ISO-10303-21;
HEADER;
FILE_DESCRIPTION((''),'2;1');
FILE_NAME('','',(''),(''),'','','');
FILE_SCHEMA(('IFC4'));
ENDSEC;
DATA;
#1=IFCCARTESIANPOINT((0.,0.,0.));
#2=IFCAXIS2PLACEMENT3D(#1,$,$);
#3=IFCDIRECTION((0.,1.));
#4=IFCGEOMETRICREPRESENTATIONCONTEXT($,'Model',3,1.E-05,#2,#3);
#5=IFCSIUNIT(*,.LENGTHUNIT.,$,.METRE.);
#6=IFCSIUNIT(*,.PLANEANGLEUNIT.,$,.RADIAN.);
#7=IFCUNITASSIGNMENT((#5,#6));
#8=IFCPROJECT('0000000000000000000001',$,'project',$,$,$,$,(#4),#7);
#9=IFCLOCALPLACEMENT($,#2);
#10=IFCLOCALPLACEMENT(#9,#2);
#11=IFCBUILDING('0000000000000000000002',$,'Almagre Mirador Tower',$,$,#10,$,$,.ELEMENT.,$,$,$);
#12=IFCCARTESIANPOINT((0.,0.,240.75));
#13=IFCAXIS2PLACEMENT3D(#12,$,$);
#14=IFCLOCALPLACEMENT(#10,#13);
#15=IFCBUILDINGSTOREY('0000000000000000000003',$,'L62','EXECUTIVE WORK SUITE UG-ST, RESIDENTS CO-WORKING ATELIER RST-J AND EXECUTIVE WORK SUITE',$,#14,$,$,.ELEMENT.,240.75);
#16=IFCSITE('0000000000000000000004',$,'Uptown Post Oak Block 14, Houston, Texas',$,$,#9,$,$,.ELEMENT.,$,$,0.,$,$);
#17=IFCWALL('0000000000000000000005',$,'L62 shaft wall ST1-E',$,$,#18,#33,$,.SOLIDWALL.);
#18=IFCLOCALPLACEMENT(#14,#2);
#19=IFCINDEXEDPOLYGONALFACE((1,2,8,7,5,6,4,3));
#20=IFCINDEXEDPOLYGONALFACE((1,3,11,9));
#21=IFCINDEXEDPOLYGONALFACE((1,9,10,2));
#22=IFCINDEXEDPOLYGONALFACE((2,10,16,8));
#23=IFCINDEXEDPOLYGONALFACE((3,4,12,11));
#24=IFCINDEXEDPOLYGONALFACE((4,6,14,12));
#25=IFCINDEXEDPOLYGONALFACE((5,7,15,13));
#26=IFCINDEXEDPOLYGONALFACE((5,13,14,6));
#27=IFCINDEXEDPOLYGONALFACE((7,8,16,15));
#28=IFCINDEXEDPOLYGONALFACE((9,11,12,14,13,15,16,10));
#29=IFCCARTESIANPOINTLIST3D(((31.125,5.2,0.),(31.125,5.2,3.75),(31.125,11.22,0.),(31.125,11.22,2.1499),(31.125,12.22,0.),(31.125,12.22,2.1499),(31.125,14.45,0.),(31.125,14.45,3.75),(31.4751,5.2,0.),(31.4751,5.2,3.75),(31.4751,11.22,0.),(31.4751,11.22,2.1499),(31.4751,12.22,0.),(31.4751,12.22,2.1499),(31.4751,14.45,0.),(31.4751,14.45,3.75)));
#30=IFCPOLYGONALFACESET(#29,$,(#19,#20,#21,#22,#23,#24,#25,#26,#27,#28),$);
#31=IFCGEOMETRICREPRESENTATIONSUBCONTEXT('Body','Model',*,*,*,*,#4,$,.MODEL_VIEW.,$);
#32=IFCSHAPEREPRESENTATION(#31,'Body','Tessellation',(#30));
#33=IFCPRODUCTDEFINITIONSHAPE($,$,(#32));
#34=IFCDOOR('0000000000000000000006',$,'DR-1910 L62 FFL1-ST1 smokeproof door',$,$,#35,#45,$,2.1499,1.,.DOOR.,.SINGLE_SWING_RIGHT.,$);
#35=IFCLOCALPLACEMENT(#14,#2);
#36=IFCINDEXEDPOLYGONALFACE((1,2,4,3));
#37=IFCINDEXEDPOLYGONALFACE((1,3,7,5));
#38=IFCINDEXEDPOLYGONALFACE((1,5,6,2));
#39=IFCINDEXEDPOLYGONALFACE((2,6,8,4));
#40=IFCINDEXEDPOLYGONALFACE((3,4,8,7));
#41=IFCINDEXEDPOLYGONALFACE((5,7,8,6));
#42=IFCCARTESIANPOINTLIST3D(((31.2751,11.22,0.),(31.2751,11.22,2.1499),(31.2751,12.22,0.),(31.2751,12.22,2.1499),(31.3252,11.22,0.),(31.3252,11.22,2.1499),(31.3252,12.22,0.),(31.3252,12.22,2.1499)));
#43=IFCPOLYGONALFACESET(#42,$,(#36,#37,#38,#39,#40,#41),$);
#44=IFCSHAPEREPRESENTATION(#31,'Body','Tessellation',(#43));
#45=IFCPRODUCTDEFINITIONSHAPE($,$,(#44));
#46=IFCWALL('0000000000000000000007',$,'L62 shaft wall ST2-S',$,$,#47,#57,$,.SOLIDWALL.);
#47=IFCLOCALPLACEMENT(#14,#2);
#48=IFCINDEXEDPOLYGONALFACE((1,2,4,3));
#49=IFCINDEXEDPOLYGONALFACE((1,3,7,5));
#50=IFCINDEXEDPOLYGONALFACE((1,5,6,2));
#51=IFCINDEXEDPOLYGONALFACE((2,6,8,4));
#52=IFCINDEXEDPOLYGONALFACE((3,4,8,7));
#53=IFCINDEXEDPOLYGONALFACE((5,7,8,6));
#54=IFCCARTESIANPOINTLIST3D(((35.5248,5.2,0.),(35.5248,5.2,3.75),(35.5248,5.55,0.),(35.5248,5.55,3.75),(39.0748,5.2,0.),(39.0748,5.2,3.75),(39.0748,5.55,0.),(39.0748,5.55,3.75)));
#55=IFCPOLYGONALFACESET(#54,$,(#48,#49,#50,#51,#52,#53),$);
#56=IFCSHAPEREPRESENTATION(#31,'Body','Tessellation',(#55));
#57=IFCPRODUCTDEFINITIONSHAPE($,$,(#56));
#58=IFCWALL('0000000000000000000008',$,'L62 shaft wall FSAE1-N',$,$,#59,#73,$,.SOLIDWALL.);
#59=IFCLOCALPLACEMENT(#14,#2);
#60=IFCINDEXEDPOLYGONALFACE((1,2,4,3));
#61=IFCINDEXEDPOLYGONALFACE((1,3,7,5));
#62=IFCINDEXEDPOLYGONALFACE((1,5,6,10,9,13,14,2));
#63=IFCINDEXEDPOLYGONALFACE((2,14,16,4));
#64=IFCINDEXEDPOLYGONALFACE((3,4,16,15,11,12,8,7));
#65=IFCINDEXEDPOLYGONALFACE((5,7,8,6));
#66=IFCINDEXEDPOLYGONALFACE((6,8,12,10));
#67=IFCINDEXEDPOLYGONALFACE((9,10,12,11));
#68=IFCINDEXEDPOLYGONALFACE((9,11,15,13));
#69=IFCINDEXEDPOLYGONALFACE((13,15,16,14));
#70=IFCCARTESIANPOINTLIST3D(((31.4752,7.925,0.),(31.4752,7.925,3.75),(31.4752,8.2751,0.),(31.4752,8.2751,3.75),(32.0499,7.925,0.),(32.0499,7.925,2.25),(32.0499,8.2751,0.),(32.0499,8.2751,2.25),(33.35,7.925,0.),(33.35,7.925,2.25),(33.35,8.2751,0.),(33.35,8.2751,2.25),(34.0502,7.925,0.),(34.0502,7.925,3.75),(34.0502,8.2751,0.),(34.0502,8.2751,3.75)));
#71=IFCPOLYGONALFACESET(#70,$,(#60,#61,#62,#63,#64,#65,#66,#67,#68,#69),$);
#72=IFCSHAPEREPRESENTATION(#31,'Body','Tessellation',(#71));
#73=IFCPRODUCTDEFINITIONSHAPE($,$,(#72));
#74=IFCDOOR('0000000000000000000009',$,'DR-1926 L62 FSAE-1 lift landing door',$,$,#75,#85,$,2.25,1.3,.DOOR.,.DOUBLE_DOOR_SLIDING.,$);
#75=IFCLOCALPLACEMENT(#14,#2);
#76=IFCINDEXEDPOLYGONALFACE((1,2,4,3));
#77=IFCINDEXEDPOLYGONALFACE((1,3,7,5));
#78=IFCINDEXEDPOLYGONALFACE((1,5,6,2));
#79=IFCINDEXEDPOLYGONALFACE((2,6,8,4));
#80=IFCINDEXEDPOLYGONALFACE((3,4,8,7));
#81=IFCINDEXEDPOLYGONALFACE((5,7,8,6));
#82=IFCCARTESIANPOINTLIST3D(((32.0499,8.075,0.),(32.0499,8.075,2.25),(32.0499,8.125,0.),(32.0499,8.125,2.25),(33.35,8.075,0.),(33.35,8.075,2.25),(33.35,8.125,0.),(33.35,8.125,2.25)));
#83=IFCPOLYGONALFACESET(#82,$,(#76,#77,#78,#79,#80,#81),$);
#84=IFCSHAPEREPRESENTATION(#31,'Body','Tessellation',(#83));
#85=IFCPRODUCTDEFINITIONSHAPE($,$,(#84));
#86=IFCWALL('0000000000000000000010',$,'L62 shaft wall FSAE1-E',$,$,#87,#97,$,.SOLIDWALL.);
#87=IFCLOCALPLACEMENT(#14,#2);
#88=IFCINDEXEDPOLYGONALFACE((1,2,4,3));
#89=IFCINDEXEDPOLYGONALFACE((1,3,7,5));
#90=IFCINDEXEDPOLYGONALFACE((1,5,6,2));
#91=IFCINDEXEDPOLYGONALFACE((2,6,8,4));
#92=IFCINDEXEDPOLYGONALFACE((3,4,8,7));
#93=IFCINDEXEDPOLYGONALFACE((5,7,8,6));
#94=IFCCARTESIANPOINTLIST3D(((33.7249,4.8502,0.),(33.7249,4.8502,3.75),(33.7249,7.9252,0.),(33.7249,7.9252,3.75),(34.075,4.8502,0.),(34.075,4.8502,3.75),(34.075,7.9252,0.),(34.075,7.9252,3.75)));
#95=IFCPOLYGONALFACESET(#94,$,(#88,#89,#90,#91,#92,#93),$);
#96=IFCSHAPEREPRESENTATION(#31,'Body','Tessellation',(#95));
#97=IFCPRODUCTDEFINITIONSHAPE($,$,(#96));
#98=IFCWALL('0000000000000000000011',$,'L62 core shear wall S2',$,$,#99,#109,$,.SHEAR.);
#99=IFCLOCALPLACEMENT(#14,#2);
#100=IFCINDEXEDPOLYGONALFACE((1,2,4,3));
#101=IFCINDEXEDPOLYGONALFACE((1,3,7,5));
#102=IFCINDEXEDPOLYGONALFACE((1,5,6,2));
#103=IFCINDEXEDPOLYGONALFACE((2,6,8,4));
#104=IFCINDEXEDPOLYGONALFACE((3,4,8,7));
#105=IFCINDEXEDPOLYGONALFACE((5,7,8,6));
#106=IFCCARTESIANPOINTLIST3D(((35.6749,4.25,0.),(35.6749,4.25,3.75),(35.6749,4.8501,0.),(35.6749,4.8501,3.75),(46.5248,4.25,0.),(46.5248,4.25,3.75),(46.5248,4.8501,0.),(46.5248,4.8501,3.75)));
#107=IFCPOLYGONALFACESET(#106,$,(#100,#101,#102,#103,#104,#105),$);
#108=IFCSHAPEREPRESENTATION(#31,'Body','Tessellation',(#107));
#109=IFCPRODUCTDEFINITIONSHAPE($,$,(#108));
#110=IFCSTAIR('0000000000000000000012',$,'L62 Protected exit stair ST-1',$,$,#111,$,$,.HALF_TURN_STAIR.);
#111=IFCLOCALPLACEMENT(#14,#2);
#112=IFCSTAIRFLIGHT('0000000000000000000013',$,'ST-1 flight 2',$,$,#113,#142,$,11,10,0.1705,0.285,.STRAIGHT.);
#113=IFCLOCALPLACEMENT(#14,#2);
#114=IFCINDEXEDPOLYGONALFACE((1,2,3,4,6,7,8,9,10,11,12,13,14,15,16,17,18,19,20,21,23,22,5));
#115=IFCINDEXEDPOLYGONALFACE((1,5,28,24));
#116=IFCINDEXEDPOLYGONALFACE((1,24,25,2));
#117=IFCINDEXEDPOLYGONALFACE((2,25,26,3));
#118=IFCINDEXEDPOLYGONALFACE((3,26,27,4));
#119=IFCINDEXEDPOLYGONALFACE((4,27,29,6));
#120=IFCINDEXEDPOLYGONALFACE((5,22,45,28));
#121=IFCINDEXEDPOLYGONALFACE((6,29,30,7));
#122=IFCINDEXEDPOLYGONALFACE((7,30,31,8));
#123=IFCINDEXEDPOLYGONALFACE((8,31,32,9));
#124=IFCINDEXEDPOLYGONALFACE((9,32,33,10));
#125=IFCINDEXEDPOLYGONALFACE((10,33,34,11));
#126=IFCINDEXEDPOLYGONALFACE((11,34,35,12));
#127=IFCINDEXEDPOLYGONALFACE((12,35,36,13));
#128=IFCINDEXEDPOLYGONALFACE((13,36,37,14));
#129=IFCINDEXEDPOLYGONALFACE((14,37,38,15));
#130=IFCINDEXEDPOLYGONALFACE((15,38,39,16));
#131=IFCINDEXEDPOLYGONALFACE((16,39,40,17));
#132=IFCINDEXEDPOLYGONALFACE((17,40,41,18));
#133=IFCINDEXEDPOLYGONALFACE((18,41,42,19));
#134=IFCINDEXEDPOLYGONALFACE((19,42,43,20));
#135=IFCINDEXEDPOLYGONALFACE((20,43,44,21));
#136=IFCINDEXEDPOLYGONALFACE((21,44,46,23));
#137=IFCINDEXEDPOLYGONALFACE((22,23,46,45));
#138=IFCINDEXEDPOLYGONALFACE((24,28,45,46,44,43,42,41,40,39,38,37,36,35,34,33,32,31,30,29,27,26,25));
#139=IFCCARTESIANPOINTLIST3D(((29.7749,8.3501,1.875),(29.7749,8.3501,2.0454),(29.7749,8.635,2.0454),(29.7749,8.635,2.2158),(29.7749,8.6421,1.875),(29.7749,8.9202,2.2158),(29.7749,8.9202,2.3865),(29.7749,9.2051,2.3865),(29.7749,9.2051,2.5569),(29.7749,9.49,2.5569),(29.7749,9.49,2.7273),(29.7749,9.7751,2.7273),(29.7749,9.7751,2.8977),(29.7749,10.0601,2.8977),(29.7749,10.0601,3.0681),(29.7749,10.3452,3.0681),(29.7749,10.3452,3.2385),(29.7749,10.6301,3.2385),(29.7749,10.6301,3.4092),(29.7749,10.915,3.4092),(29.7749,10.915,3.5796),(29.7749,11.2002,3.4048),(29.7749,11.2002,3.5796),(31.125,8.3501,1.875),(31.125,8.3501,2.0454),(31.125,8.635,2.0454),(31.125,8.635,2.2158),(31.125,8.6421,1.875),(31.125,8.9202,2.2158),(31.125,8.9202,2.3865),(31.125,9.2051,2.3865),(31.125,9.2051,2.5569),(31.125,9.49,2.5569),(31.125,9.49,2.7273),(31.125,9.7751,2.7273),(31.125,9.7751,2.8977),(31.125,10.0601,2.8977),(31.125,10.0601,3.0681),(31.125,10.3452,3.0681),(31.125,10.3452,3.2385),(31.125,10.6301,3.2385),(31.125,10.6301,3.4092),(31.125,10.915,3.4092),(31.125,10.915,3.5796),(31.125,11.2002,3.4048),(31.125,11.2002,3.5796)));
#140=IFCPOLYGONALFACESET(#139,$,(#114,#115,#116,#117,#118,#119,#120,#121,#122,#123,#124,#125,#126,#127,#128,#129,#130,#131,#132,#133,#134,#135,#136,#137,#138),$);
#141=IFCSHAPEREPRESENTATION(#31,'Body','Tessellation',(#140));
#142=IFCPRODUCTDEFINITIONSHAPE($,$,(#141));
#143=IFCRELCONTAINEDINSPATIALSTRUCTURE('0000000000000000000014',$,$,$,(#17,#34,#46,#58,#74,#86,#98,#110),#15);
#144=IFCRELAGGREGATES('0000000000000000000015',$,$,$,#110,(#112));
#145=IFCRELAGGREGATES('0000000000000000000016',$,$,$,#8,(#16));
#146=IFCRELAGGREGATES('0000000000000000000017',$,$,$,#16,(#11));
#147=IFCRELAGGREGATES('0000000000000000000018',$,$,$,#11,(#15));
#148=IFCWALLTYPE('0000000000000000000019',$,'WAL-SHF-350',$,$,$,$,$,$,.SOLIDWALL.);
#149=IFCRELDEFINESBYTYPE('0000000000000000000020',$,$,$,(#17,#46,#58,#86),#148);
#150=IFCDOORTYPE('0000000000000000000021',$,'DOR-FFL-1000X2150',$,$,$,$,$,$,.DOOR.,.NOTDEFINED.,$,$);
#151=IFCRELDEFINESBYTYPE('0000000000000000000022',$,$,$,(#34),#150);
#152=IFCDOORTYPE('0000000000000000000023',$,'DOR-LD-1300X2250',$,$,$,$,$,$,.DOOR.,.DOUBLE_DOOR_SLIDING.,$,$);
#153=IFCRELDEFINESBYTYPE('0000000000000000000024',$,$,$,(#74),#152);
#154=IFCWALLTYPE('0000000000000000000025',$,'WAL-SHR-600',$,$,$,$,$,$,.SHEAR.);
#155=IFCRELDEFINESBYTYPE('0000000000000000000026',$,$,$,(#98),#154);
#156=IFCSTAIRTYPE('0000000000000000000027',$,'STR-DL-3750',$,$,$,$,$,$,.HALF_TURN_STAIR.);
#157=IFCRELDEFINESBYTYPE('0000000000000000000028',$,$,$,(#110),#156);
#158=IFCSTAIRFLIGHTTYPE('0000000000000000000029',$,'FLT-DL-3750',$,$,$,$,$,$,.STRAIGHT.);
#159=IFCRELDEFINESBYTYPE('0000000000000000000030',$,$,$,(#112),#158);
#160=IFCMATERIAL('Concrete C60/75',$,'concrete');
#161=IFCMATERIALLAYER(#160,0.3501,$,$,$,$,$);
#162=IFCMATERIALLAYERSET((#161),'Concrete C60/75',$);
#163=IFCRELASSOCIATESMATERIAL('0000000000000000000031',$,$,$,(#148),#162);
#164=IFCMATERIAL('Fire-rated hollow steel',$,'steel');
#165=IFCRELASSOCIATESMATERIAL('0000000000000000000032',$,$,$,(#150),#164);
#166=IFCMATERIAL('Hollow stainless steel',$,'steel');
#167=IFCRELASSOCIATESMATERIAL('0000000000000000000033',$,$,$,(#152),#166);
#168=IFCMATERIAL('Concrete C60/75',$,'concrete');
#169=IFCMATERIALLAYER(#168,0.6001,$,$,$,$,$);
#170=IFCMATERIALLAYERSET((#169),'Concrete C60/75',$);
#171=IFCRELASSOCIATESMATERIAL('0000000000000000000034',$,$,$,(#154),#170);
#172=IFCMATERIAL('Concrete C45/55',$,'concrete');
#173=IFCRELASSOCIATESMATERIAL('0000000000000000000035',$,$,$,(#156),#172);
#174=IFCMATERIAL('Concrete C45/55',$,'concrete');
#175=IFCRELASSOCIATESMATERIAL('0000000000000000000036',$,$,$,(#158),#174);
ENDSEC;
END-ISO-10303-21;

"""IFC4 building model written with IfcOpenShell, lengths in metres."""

from ifc_helpers import new_model, si_unit, direction, frame, frame_2d, origin, place, context, subcontext, project, spatial, polyline, rectangle, outline, extrude, material, layer, layer_set, type_object, element, fill, aggregate, save


model = new_model("IFC4")

# Units and contexts
model_context = context("Model", 3, precision=1e-05, world=origin(), true_north=direction((0.0, 1.0)))
body_context = subcontext(model_context, "Body", "Model", "MODEL_VIEW")
ifc_project = project(units=[si_unit("LENGTHUNIT", "METRE"), si_unit("PLANEANGLEUNIT", "RADIAN")], contexts=[model_context])

# Site, building, storey
site_placement = place(None, origin())
site = spatial("IfcSite", under=ifc_project, at=site_placement, Name="Uptown Post Oak Block 14, Houston, Texas", CompositionType="ELEMENT", RefElevation=0.0)
building_placement = place(site_placement, origin())
building = spatial("IfcBuilding", under=site, at=building_placement, Name="Almagre Mirador Tower", CompositionType="ELEMENT")
storey_placement = place(building_placement, frame((0.0, 0.0, 240.75)))
storey = spatial("IfcBuildingStorey", under=building, at=storey_placement, Name="L62", Description="EXECUTIVE WORK SUITE UG-ST, RESIDENTS CO-WORKING ATELIER RST-J AND EXECUTIVE WORK SUITE", CompositionType="ELEMENT", Elevation=240.75)

# Wall, opening, door
ifc_material_1 = material(Name="Concrete C60/75", Category="concrete")
ifc_layer_1 = layer(ifc_material_1, 0.3501)
ifc_layer_set_1 = layer_set([ifc_layer_1], Name="Concrete C60/75")
wall_type_1 = type_object("IfcWallType", Name="WAL-SHF-350", PredefinedType="SOLIDWALL", material=ifc_layer_set_1)
wall_1_placement = place(storey_placement, frame((31.3, 5.2, 0.0), z_axis=(0.0, 0.0, 1.0), x_axis=(0.0, 1.0, 0.0)))
wall_1 = element("IfcWall", 1, at=wall_1_placement, inside=storey, type_object=wall_type_1, Name="L62 shaft wall ST1-E", PredefinedType="SOLIDWALL", context=body_context, shape_type="SweptSolid", body=[
    extrude(rectangle(XDim=9.25, YDim=0.3501, at=frame_2d((4.625, 0.0))), origin(), (0.0, 0.0, 1.0), 3.75),
])
opening_1_placement = place(wall_1_placement, frame((6.02, 0.0, 0.0)))
opening_1 = element("IfcOpeningElement", 2, at=opening_1_placement, cuts=wall_1, PredefinedType="OPENING", context=body_context, shape_type="SweptSolid", body=[
    extrude(rectangle(XDim=1.0, YDim=2.1499, at=frame_2d((0.5, 1.075))), frame((0.0, 0.185, 0.0), z_axis=(0.0, -1.0, 0.0), x_axis=(1.0, 0.0, 0.0)), (0.0, 0.0, 1.0), 0.3701),
])
ifc_material_2 = material(Name="Fire-rated hollow steel", Category="steel")
door_type_1 = type_object("IfcDoorType", Name="DOR-FFL-1000X2150", OperationType="NOTDEFINED", PredefinedType="DOOR", material=ifc_material_2)
door_1_placement = place(opening_1_placement, origin())
door_1 = element("IfcDoor", 3, at=door_1_placement, inside=storey, type_object=door_type_1, Name="DR-1910 L62 FFL1-ST1 smokeproof door", OperationType="SINGLE_SWING_RIGHT", OverallHeight=2.1499, OverallWidth=1.0, PredefinedType="DOOR", context=body_context, shape_type="SweptSolid", body=[
    extrude(rectangle(XDim=1.0, YDim=2.1499, at=frame_2d((0.5, 1.075))), frame((0.0, 0.0249, 0.0), z_axis=(0.0, -1.0, 0.0), x_axis=(1.0, 0.0, 0.0)), (0.0, 0.0, 1.0), 0.05),
])
fill(opening_1, door_1)

# Wall
wall_2_placement = place(storey_placement, frame((35.5249, 5.375, 0.0), z_axis=(0.0, 0.0, 1.0), x_axis=(1.0, 0.0, 0.0)))
element("IfcWall", 4, at=wall_2_placement, inside=storey, type_object=wall_type_1, Name="L62 shaft wall ST2-S", PredefinedType="SOLIDWALL", context=body_context, shape_type="SweptSolid", body=[
    extrude(rectangle(XDim=3.55, YDim=0.3501, at=frame_2d((1.7749, 0.0))), origin(), (0.0, 0.0, 1.0), 3.75),
])

# Wall, opening, door
wall_3_placement = place(storey_placement, frame((31.4751, 8.1001, 0.0), z_axis=(0.0, 0.0, 1.0), x_axis=(1.0, 0.0, 0.0)))
wall_3 = element("IfcWall", 5, at=wall_3_placement, inside=storey, type_object=wall_type_1, Name="L62 shaft wall FSAE1-N", PredefinedType="SOLIDWALL", context=body_context, shape_type="SweptSolid", body=[
    extrude(rectangle(XDim=2.575, YDim=0.3501, at=frame_2d((1.2876, 0.0))), origin(), (0.0, 0.0, 1.0), 3.75),
])
opening_2_placement = place(wall_3_placement, frame((0.575, 0.0, 0.0)))
opening_2 = element("IfcOpeningElement", 6, at=opening_2_placement, cuts=wall_3, PredefinedType="OPENING", context=body_context, shape_type="SweptSolid", body=[
    extrude(rectangle(XDim=1.3, YDim=2.25, at=frame_2d((0.6499, 1.125))), frame((0.0, 0.185, 0.0), z_axis=(0.0, -1.0, 0.0), x_axis=(1.0, 0.0, 0.0)), (0.0, 0.0, 1.0), 0.3701),
])
ifc_material_3 = material(Name="Hollow stainless steel", Category="steel")
door_type_2 = type_object("IfcDoorType", Name="DOR-LD-1300X2250", OperationType="DOUBLE_DOOR_SLIDING", PredefinedType="DOOR", material=ifc_material_3)
door_2_placement = place(opening_2_placement, origin())
door_2 = element("IfcDoor", 7, at=door_2_placement, inside=storey, type_object=door_type_2, Name="DR-1926 L62 FSAE-1 lift landing door", OperationType="DOUBLE_DOOR_SLIDING", OverallHeight=2.25, OverallWidth=1.3, PredefinedType="DOOR", context=body_context, shape_type="SweptSolid", body=[
    extrude(rectangle(XDim=1.3, YDim=2.25, at=frame_2d((0.6499, 1.125))), frame((0.0, 0.0249, 0.0), z_axis=(0.0, -1.0, 0.0), x_axis=(1.0, 0.0, 0.0)), (0.0, 0.0, 1.0), 0.05),
])
fill(opening_2, door_2)

# Walls
wall_4_placement = place(storey_placement, frame((33.8999, 4.8501, 0.0), z_axis=(0.0, 0.0, 1.0), x_axis=(0.0, 1.0, 0.0)))
element("IfcWall", 8, at=wall_4_placement, inside=storey, type_object=wall_type_1, Name="L62 shaft wall FSAE1-E", PredefinedType="SOLIDWALL", context=body_context, shape_type="SweptSolid", body=[
    extrude(rectangle(XDim=3.075, YDim=0.3501, at=frame_2d((1.5376, 0.0))), origin(), (0.0, 0.0, 1.0), 3.75),
])
ifc_material_4 = material(Name="Concrete C60/75", Category="concrete")
ifc_layer_2 = layer(ifc_material_4, 0.6001)
ifc_layer_set_2 = layer_set([ifc_layer_2], Name="Concrete C60/75")
wall_type_2 = type_object("IfcWallType", Name="WAL-SHR-600", PredefinedType="SHEAR", material=ifc_layer_set_2)
wall_5_placement = place(storey_placement, frame((35.675, 4.55, 0.0), z_axis=(0.0, 0.0, 1.0), x_axis=(1.0, 0.0, 0.0)))
element("IfcWall", 9, at=wall_5_placement, inside=storey, type_object=wall_type_2, Name="L62 core shear wall S2", PredefinedType="SHEAR", context=body_context, shape_type="SweptSolid", body=[
    extrude(rectangle(XDim=10.8499, YDim=0.6001, at=frame_2d((5.4248, 0.0))), origin(), (0.0, 0.0, 1.0), 3.75),
])

# Stair, stair flight
ifc_material_5 = material(Name="Concrete C45/55", Category="concrete")
stair_type = type_object("IfcStairType", Name="STR-DL-3750", PredefinedType="HALF_TURN_STAIR", material=ifc_material_5)
stair_placement = place(storey_placement, origin())
stair = element("IfcStair", 10, at=stair_placement, inside=storey, type_object=stair_type, Name="L62 Protected exit stair ST-1", PredefinedType="HALF_TURN_STAIR")
ifc_material_6 = material(Name="Concrete C45/55", Category="concrete")
stair_flight_type = type_object("IfcStairFlightType", Name="FLT-DL-3750", PredefinedType="STRAIGHT", material=ifc_material_6)
stair_flight_placement = place(storey_placement, frame((30.45, 8.3501, 1.875), z_axis=(0.0, 0.0, 1.0), x_axis=(0.0, 1.0, 0.0)))
stair_flight = element("IfcStairFlight", 11, at=stair_flight_placement, type_object=stair_flight_type, Name="ST-1 flight 2", NumberOfRisers=11, NumberOfTreads=10, PredefinedType="STRAIGHT", RiserHeight=0.1705, TreadLength=0.285, context=body_context, shape_type="SweptSolid", body=[
    extrude(outline(polyline([(0.0, 0.0), (0.0, 0.1704), (0.2849, 0.1704), (0.2849, 0.3408), (0.5701, 0.3408), (0.5701, 0.5115), (0.855, 0.5115), (0.855, 0.6819), (1.1399, 0.6819), (1.1399, 0.8523), (1.425, 0.8523), (1.425, 1.0227), (1.71, 1.0227), (1.71, 1.1931), (1.9951, 1.1931), (1.9951, 1.3635), (2.28, 1.3635), (2.28, 1.5342), (2.5649, 1.5342), (2.5649, 1.7046), (2.8501, 1.7046), (2.8501, 1.875), (2.8501, 1.5298), (0.292, 0.0), (0.0, 0.0)])), frame((0.0, 0.675, 0.0), z_axis=(0.0, -1.0, 0.0), x_axis=(1.0, 0.0, 0.0)), (0.0, 0.0, 1.0), 1.3501),
])
aggregate(stair, [stair_flight])

save(model, "model.ifc")
